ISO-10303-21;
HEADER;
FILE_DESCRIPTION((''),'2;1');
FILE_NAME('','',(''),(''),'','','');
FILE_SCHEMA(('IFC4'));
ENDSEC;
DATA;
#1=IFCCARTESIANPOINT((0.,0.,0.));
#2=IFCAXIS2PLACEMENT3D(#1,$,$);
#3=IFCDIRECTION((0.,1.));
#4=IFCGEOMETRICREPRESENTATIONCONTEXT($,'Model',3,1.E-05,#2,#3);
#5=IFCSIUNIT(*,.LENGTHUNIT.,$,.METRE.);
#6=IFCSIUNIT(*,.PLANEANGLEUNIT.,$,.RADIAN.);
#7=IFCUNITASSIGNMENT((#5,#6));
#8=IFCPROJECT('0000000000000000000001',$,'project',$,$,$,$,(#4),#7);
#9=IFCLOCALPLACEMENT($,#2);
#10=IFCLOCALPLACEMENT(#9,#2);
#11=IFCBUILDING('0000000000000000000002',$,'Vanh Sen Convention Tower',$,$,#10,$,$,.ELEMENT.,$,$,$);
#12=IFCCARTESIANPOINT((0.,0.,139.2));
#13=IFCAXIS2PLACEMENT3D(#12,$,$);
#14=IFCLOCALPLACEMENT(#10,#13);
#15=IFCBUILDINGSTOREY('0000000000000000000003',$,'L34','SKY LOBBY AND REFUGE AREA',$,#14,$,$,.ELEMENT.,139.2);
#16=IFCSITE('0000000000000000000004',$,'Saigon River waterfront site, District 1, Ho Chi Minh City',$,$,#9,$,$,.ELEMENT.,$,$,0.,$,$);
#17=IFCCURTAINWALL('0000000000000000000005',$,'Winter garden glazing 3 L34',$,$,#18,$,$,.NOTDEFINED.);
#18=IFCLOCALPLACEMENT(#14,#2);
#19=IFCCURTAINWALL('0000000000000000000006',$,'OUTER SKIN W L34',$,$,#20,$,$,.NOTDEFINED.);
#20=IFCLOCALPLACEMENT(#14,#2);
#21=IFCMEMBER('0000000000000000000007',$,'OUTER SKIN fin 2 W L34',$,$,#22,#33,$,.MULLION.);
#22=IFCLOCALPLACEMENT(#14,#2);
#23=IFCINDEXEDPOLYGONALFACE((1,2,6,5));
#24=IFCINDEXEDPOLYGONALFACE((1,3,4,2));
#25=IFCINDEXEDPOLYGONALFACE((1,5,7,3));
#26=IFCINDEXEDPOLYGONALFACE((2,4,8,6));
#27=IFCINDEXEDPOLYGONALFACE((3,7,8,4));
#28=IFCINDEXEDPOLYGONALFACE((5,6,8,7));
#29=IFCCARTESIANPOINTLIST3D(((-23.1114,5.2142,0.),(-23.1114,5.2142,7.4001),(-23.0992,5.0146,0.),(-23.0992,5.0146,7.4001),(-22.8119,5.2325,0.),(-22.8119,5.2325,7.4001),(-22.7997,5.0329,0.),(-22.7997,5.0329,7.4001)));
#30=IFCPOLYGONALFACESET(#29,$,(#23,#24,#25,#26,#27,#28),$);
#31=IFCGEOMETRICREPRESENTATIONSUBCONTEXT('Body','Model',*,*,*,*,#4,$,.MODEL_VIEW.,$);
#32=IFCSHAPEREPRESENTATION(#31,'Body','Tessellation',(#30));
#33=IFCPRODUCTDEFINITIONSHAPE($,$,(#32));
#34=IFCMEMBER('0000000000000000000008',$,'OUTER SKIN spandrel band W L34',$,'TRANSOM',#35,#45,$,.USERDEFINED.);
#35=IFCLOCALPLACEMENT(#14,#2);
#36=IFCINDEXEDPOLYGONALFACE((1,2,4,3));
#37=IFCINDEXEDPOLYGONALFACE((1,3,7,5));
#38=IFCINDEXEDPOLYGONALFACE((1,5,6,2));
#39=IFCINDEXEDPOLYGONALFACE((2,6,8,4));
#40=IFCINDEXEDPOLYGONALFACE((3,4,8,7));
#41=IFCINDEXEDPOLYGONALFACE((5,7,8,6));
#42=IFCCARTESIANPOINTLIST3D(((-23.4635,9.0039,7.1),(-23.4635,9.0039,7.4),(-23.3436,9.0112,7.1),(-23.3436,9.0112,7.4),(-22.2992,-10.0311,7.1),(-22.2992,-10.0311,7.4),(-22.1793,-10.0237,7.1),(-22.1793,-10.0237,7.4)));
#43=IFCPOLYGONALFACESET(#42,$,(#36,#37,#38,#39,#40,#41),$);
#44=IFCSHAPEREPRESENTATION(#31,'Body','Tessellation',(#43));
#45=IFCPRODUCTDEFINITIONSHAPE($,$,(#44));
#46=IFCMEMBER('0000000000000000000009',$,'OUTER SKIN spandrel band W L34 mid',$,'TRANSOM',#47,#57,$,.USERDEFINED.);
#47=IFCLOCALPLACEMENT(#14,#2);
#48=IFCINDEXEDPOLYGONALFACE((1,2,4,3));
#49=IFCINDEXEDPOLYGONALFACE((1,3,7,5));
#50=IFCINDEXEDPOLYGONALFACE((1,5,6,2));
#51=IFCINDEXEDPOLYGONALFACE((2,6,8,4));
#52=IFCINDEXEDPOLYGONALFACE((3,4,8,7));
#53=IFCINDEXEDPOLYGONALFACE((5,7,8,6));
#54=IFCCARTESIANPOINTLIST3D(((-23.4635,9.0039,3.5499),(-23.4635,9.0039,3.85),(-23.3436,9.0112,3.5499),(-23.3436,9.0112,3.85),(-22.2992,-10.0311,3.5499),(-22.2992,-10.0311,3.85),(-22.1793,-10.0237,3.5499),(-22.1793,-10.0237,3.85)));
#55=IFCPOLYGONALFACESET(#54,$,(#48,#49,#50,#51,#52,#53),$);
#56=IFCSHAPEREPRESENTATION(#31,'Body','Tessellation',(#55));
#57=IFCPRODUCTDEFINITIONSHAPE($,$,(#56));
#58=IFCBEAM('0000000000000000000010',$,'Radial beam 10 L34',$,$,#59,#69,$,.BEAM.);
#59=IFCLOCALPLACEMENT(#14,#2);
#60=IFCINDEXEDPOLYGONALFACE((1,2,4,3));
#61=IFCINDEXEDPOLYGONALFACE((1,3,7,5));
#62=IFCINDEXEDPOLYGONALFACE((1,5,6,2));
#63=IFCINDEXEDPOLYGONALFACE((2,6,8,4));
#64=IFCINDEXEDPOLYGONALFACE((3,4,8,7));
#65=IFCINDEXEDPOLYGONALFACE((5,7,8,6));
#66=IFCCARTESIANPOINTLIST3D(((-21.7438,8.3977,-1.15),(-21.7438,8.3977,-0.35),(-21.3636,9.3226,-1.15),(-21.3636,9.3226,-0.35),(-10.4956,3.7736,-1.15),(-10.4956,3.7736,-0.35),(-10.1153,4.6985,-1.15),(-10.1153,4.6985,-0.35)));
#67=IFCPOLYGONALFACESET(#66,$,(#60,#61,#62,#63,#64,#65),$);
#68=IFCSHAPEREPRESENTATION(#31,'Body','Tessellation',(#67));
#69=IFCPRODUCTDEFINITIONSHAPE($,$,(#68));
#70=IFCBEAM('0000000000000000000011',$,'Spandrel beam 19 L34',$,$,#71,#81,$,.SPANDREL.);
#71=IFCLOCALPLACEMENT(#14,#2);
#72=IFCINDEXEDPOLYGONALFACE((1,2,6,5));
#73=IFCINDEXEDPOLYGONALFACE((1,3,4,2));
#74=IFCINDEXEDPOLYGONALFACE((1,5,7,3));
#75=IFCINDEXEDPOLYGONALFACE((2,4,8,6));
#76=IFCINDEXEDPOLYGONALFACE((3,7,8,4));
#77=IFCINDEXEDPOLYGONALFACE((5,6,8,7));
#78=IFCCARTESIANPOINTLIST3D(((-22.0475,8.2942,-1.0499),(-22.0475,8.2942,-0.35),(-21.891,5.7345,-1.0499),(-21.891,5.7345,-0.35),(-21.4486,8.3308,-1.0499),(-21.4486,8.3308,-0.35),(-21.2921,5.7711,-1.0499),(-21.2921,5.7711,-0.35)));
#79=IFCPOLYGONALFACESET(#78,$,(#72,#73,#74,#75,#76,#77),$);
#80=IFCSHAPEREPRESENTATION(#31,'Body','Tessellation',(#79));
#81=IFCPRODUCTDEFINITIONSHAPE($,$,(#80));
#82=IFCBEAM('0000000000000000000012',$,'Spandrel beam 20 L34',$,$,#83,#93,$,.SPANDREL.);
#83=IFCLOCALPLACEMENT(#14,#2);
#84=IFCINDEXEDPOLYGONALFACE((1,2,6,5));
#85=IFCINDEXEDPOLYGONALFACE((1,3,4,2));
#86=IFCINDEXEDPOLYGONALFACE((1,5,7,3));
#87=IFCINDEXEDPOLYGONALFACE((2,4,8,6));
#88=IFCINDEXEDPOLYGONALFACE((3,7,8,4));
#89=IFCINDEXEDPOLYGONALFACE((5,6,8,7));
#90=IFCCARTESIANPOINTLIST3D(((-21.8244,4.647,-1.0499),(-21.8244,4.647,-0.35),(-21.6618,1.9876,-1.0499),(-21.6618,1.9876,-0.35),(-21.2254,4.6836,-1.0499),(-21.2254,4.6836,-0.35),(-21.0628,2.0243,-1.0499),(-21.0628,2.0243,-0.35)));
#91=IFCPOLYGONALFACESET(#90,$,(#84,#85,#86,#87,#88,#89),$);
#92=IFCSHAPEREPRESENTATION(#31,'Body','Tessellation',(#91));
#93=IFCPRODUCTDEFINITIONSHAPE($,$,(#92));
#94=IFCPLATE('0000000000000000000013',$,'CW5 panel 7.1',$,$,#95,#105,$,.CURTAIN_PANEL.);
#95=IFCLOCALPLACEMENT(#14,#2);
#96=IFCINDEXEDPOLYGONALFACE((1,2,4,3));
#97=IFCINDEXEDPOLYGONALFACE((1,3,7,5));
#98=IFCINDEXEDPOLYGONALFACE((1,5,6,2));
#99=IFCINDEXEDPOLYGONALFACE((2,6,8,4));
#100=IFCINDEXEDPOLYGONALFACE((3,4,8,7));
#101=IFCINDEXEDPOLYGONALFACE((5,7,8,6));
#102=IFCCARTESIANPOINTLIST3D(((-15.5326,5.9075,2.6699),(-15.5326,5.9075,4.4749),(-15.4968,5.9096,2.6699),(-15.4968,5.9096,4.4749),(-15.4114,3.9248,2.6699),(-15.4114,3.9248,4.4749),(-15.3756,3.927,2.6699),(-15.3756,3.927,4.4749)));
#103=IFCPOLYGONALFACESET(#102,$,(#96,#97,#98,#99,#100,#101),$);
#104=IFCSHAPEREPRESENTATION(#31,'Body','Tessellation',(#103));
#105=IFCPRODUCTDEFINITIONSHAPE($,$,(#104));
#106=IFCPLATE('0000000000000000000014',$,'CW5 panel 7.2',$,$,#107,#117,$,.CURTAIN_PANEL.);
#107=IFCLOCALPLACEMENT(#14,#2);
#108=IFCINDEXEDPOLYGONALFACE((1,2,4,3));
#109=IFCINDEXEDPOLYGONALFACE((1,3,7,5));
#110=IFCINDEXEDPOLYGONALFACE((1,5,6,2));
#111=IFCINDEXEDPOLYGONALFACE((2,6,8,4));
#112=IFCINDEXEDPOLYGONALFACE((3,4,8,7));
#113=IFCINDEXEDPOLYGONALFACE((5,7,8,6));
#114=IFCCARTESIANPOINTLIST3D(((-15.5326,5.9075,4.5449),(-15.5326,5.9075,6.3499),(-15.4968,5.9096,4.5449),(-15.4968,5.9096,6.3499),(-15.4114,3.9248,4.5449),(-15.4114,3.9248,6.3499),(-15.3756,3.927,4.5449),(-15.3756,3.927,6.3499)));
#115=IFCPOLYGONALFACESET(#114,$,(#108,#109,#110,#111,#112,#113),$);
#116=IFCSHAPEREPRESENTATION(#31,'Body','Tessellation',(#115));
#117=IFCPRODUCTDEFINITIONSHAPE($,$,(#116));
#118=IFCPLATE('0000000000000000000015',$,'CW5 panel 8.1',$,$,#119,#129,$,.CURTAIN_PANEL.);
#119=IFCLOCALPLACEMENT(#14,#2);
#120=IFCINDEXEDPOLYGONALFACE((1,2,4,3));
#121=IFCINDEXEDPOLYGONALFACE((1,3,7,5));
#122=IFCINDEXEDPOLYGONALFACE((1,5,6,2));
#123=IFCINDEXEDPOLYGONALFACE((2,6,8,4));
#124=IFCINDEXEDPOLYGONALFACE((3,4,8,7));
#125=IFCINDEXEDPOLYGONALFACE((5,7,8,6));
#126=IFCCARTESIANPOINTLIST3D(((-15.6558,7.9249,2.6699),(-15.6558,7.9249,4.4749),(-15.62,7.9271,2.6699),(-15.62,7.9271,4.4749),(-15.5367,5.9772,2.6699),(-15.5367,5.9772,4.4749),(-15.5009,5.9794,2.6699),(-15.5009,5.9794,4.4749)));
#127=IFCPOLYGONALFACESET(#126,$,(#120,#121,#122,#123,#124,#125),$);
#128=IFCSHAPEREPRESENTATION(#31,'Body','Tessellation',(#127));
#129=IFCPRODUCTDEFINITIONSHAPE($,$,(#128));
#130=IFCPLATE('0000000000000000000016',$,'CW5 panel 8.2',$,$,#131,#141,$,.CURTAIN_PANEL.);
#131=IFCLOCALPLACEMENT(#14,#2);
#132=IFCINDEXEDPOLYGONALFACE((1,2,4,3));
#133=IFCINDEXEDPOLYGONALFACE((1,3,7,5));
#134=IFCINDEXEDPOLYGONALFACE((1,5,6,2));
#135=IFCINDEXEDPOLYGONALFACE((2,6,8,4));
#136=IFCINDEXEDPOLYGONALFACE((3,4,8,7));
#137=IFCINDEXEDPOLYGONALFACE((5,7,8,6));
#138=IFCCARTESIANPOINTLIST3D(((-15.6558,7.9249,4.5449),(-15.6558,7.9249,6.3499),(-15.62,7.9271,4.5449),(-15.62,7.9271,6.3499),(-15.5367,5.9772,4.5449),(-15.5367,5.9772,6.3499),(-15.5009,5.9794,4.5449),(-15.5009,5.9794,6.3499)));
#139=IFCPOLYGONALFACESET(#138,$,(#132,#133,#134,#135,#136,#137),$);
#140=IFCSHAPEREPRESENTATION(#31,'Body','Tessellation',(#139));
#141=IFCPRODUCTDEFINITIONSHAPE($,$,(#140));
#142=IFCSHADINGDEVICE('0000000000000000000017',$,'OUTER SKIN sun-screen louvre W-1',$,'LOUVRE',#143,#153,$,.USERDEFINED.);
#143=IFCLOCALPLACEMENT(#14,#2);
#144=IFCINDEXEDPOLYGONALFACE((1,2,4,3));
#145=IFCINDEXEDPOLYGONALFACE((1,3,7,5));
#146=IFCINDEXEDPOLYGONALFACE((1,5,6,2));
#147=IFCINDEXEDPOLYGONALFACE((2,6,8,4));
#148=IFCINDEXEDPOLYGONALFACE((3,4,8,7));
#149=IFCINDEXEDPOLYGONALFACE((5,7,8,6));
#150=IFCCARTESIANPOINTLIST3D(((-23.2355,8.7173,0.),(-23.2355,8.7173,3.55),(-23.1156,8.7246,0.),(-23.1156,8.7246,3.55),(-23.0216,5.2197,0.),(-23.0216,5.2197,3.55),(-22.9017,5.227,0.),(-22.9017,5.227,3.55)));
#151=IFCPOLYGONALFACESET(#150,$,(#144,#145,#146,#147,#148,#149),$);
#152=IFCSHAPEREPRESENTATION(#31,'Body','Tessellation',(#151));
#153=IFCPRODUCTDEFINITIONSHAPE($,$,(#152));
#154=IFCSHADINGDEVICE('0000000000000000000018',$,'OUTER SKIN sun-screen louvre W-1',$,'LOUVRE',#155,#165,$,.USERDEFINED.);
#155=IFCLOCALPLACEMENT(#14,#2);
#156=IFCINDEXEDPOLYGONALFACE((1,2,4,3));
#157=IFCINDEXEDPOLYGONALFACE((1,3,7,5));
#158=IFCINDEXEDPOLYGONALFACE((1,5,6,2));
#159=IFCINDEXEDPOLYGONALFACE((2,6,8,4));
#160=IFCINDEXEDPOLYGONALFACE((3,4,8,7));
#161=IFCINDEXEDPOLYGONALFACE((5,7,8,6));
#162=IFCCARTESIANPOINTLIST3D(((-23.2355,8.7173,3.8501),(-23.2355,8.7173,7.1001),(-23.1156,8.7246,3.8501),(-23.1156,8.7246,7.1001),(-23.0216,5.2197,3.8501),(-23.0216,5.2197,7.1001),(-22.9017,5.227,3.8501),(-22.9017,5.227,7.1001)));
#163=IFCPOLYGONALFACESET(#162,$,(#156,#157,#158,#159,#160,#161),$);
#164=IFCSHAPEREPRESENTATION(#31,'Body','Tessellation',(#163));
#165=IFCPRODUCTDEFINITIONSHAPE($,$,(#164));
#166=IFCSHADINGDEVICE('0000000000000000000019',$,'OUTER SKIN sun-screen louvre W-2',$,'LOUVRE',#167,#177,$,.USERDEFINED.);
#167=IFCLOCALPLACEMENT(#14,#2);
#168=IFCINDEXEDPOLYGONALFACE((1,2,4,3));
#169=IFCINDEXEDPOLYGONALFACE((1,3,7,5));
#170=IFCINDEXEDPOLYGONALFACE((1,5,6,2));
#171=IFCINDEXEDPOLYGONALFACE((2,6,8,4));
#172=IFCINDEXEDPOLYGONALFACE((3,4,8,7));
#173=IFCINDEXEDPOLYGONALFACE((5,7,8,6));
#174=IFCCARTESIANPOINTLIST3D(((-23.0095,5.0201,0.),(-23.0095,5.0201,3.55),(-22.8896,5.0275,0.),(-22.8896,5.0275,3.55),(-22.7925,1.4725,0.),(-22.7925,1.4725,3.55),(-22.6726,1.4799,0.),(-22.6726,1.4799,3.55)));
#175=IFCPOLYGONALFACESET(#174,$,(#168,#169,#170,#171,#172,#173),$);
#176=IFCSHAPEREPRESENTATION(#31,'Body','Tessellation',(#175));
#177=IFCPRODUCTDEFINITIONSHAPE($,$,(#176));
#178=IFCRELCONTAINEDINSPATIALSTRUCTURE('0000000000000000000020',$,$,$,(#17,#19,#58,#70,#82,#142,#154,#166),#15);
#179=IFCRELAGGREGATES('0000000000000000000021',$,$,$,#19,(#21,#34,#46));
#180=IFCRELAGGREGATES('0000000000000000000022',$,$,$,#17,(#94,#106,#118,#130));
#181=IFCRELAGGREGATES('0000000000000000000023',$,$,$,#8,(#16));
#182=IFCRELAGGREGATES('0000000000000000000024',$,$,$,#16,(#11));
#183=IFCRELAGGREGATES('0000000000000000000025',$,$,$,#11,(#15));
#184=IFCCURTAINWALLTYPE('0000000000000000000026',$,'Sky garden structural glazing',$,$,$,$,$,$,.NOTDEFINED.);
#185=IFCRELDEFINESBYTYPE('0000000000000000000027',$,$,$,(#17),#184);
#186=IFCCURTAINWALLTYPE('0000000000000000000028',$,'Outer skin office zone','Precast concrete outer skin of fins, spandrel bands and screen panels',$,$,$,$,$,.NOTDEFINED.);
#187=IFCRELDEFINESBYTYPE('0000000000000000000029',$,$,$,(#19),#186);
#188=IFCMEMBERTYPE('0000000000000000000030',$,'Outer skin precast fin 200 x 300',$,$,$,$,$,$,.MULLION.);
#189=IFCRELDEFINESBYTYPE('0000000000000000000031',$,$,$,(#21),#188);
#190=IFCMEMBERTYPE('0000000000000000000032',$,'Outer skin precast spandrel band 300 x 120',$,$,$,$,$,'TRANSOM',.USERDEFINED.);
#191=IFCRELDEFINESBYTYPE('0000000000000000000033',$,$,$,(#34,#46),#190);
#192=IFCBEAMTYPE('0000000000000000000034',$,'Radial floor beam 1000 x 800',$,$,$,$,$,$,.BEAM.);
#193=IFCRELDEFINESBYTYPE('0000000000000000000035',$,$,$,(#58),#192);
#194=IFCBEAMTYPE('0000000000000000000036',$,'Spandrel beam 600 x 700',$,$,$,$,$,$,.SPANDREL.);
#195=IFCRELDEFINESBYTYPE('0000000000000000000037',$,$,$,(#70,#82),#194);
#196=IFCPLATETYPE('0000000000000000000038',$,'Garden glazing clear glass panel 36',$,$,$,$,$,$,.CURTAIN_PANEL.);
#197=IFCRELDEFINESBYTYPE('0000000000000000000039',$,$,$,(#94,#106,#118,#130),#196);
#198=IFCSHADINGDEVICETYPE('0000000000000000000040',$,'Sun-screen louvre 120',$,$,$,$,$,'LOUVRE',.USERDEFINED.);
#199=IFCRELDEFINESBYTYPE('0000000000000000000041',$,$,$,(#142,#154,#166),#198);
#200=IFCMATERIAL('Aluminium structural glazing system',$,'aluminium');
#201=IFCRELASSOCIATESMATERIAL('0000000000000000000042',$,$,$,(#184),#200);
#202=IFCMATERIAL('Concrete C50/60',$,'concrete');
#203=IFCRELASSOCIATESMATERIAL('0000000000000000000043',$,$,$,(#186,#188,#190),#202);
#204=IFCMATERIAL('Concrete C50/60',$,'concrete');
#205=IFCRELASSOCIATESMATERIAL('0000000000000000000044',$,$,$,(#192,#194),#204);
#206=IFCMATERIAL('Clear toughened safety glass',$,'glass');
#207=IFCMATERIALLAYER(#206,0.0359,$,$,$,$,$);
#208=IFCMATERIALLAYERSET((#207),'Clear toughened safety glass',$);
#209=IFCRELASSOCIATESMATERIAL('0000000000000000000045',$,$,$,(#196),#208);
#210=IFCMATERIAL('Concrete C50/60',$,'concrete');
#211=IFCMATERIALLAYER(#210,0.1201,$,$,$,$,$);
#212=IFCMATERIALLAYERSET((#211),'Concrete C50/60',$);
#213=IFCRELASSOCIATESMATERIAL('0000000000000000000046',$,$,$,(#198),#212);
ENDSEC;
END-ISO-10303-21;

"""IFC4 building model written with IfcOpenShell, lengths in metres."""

from ifc_helpers import new_model, si_unit, direction, frame, origin, origin_2d, place, context, subcontext, project, spatial, rectangle, extrude, material, layer, layer_set, material_profile, profile_set, type_object, element, aggregate, save


model = new_model("IFC4")

# Units and contexts
model_context = context("Model", 3, precision=1e-05, world=origin(), true_north=direction((0.0, 1.0)))
body_context = subcontext(model_context, "Body", "Model", "MODEL_VIEW")
ifc_project = project(units=[si_unit("LENGTHUNIT", "METRE"), si_unit("PLANEANGLEUNIT", "RADIAN")], contexts=[model_context])

# Site, building, storey
site_placement = place(None, origin())
site = spatial("IfcSite", under=ifc_project, at=site_placement, Name="Saigon River waterfront site, District 1, Ho Chi Minh City", CompositionType="ELEMENT", RefElevation=0.0)
building_placement = place(site_placement, origin())
building = spatial("IfcBuilding", under=site, at=building_placement, Name="Vanh Sen Convention Tower", CompositionType="ELEMENT")
storey_placement = place(building_placement, frame((0.0, 0.0, 139.2)))
storey = spatial("IfcBuildingStorey", under=building, at=storey_placement, Name="L34", Description="SKY LOBBY AND REFUGE AREA", CompositionType="ELEMENT", Elevation=139.2)

# Curtain wall
ifc_material_1 = material(Name="Aluminium structural glazing system", Category="aluminium")
curtain_wall_type_1 = type_object("IfcCurtainWallType", Name="Sky garden structural glazing", PredefinedType="NOTDEFINED", material=ifc_material_1)
curtain_wall_1_placement = place(storey_placement, origin())
curtain_wall_1 = element("IfcCurtainWall", 1, at=curtain_wall_1_placement, inside=storey, type_object=curtain_wall_type_1, Name="Winter garden glazing 3 L34", PredefinedType="NOTDEFINED")

# Curtain wall, members
ifc_material_2 = material(Name="Concrete C50/60", Category="concrete")
curtain_wall_type_2 = type_object("IfcCurtainWallType", Name="Outer skin office zone", Description="Precast concrete outer skin of fins, spandrel bands and screen panels", PredefinedType="NOTDEFINED", material=ifc_material_2)
curtain_wall_2_placement = place(storey_placement, origin())
curtain_wall_2 = element("IfcCurtainWall", 2, at=curtain_wall_2_placement, inside=storey, type_object=curtain_wall_type_2, Name="OUTER SKIN W L34", PredefinedType="NOTDEFINED")
ifc_material_profile_1 = material_profile(ifc_material_2, rectangle(XDim=0.2, YDim=0.3, at=origin_2d()), Name="Outer skin precast fin 200 x 300")
ifc_profile_set_1 = profile_set([ifc_material_profile_1], Name="Concrete C50/60")
member_type_1 = type_object("IfcMemberType", Name="Outer skin precast fin 200 x 300", PredefinedType="MULLION", material=ifc_profile_set_1)
member_1_placement = place(storey_placement, frame((-22.9556, 5.1235, 0.0), z_axis=(0.0, 0.0, 1.0), x_axis=(0.061049, -0.998135, 0.0)))
member_1 = element("IfcMember", 3, at=member_1_placement, type_object=member_type_1, Name="OUTER SKIN fin 2 W L34", PredefinedType="MULLION", context=body_context, shape_type="SweptSolid", body=[
    extrude(rectangle(XDim=0.2, YDim=0.3, at=origin_2d()), origin(), (0.0, 0.0, 1.0), 7.4001),
])
ifc_material_profile_2 = material_profile(ifc_material_2, rectangle(XDim=0.1201, YDim=0.3, at=origin_2d()), Name="Outer skin precast spandrel band 300 x 120")
ifc_profile_set_2 = profile_set([ifc_material_profile_2], Name="Concrete C50/60")
member_type_2 = type_object("IfcMemberType", Name="Outer skin precast spandrel band 300 x 120", ElementType="TRANSOM", PredefinedType="USERDEFINED", material=ifc_profile_set_2)
member_2_placement = place(storey_placement, frame((-23.4036, 9.0076, 7.25), z_axis=(0.061053, -0.998135, 0.0), x_axis=(0.998135, 0.061053, 0.0)))
member_2 = element("IfcMember", 4, at=member_2_placement, type_object=member_type_2, Name="OUTER SKIN spandrel band W L34", ObjectType="TRANSOM", PredefinedType="USERDEFINED", context=body_context, shape_type="SweptSolid", body=[
    extrude(rectangle(XDim=0.1201, YDim=0.3, at=origin_2d()), origin(), (0.0, 0.0, 1.0), 19.0706),
])
member_3_placement = place(storey_placement, frame((-23.4036, 9.0076, 3.7), z_axis=(0.061053, -0.998135, 0.0), x_axis=(0.998135, 0.061053, 0.0)))
member_3 = element("IfcMember", 5, at=member_3_placement, type_object=member_type_2, Name="OUTER SKIN spandrel band W L34 mid", ObjectType="TRANSOM", PredefinedType="USERDEFINED", context=body_context, shape_type="SweptSolid", body=[
    extrude(rectangle(XDim=0.1201, YDim=0.3, at=origin_2d()), origin(), (0.0, 0.0, 1.0), 19.0706),
])
aggregate(curtain_wall_2, [member_1, member_2, member_3])

# Beams
ifc_material_3 = material(Name="Concrete C50/60", Category="concrete")
ifc_material_profile_3 = material_profile(ifc_material_3, rectangle(XDim=1.0, YDim=0.8, at=origin_2d()), Name="RC 1000X800")
ifc_profile_set_3 = profile_set([ifc_material_profile_3], Name="Concrete C50/60")
beam_type_1 = type_object("IfcBeamType", Name="Radial floor beam 1000 x 800", PredefinedType="BEAM", material=ifc_profile_set_3)
beam_1_placement = place(storey_placement, frame((-21.5537, 8.8601, -0.75), z_axis=(0.924899, -0.380214, 0.0), x_axis=(0.380214, 0.924899, 0.0)))
element("IfcBeam", 6, at=beam_1_placement, inside=storey, type_object=beam_type_1, Name="Radial beam 10 L34", PredefinedType="BEAM", context=body_context, shape_type="SweptSolid", body=[
    extrude(rectangle(XDim=1.0, YDim=0.8, at=origin_2d()), origin(), (0.0, 0.0, 1.0), 12.1616),
])
ifc_material_profile_4 = material_profile(ifc_material_3, rectangle(XDim=0.6001, YDim=0.7, at=origin_2d()), Name="RC 600X700")
ifc_profile_set_4 = profile_set([ifc_material_profile_4], Name="Concrete C50/60")
beam_type_2 = type_object("IfcBeamType", Name="Spandrel beam 600 x 700", PredefinedType="SPANDREL", material=ifc_profile_set_4)
beam_2_placement = place(storey_placement, frame((-21.748, 8.3125, -0.7), z_axis=(0.061027, -0.998136, 0.0), x_axis=(0.998136, 0.061027, 0.0)))
element("IfcBeam", 7, at=beam_2_placement, inside=storey, type_object=beam_type_2, Name="Spandrel beam 19 L34", PredefinedType="SPANDREL", context=body_context, shape_type="SweptSolid", body=[
    extrude(rectangle(XDim=0.6001, YDim=0.7, at=origin_2d()), origin(), (0.0, 0.0, 1.0), 2.5645),
])
beam_3_placement = place(storey_placement, frame((-21.5249, 4.6653, -0.7), z_axis=(0.061026, -0.998136, 0.0), x_axis=(0.998136, 0.061026, 0.0)))
element("IfcBeam", 8, at=beam_3_placement, inside=storey, type_object=beam_type_2, Name="Spandrel beam 20 L34", PredefinedType="SPANDREL", context=body_context, shape_type="SweptSolid", body=[
    extrude(rectangle(XDim=0.6001, YDim=0.7, at=origin_2d()), origin(), (0.0, 0.0, 1.0), 2.6643),
])

# Plates
ifc_material_4 = material(Name="Clear toughened safety glass", Category="glass")
ifc_layer_1 = layer(ifc_material_4, 0.0359)
ifc_layer_set_1 = layer_set([ifc_layer_1], Name="Clear toughened safety glass")
plate_type = type_object("IfcPlateType", Name="Garden glazing clear glass panel 36", PredefinedType="CURTAIN_PANEL", material=ifc_layer_set_1)
plate_1_placement = place(storey_placement, frame((-15.4541, 4.9172, 2.6699), z_axis=(0.0, 0.0, 1.0), x_axis=(-0.061047, 0.998135, 0.0)))
plate_1 = element("IfcPlate", 9, at=plate_1_placement, type_object=plate_type, Name="CW5 panel 7.1", PredefinedType="CURTAIN_PANEL", context=body_context, shape_type="SweptSolid", body=[
    extrude(rectangle(XDim=1.9863, YDim=0.0359, at=origin_2d()), origin(), (0.0, 0.0, 1.0), 1.8049),
])
plate_2_placement = place(storey_placement, frame((-15.4541, 4.9172, 4.5449), z_axis=(0.0, 0.0, 1.0), x_axis=(-0.061047, 0.998135, 0.0)))
plate_2 = element("IfcPlate", 10, at=plate_2_placement, type_object=plate_type, Name="CW5 panel 7.2", PredefinedType="CURTAIN_PANEL", context=body_context, shape_type="SweptSolid", body=[
    extrude(rectangle(XDim=1.9863, YDim=0.0359, at=origin_2d()), origin(), (0.0, 0.0, 1.0), 1.8049),
])
plate_3_placement = place(storey_placement, frame((-15.5784, 6.9521, 2.6699), z_axis=(0.0, 0.0, 1.0), x_axis=(-0.061047, 0.998135, 0.0)))
plate_3 = element("IfcPlate", 11, at=plate_3_placement, type_object=plate_type, Name="CW5 panel 8.1", PredefinedType="CURTAIN_PANEL", context=body_context, shape_type="SweptSolid", body=[
    extrude(rectangle(XDim=1.9514, YDim=0.0359, at=origin_2d()), origin(), (0.0, 0.0, 1.0), 1.8049),
])
plate_4_placement = place(storey_placement, frame((-15.5784, 6.9521, 4.5449), z_axis=(0.0, 0.0, 1.0), x_axis=(-0.061047, 0.998135, 0.0)))
plate_4 = element("IfcPlate", 12, at=plate_4_placement, type_object=plate_type, Name="CW5 panel 8.2", PredefinedType="CURTAIN_PANEL", context=body_context, shape_type="SweptSolid", body=[
    extrude(rectangle(XDim=1.9514, YDim=0.0359, at=origin_2d()), origin(), (0.0, 0.0, 1.0), 1.8049),
])
aggregate(curtain_wall_1, [plate_1, plate_2, plate_3, plate_4])

# Shading devices
ifc_material_5 = material(Name="Concrete C50/60", Category="concrete")
ifc_layer_2 = layer(ifc_material_5, 0.1201)
ifc_layer_set_2 = layer_set([ifc_layer_2], Name="Concrete C50/60")
shading_device_type = type_object("IfcShadingDeviceType", Name="Sun-screen louvre 120", ElementType="LOUVRE", PredefinedType="USERDEFINED", material=ifc_layer_set_2)
shading_device_1_placement = place(storey_placement, frame((-23.0686, 6.9722, 0.0), z_axis=(0.0, 0.0, 1.0), x_axis=(0.061054, -0.998134, 0.0)))
element("IfcShadingDevice", 13, at=shading_device_1_placement, inside=storey, type_object=shading_device_type, Name="OUTER SKIN sun-screen louvre W-1", ObjectType="LOUVRE", PredefinedType="USERDEFINED", context=body_context, shape_type="SweptSolid", body=[
    extrude(rectangle(XDim=3.5042, YDim=0.1201, at=origin_2d()), origin(), (0.0, 0.0, 1.0), 3.55),
])
shading_device_2_placement = place(storey_placement, frame((-23.0686, 6.9722, 3.8501), z_axis=(0.0, 0.0, 1.0), x_axis=(0.061054, -0.998134, 0.0)))
element("IfcShadingDevice", 14, at=shading_device_2_placement, inside=storey, type_object=shading_device_type, Name="OUTER SKIN sun-screen louvre W-1", ObjectType="LOUVRE", PredefinedType="USERDEFINED", context=body_context, shape_type="SweptSolid", body=[
    extrude(rectangle(XDim=3.5042, YDim=0.1201, at=origin_2d()), origin(), (0.0, 0.0, 1.0), 3.25),
])
shading_device_3_placement = place(storey_placement, frame((-22.8411, 3.25, 0.0), z_axis=(0.0, 0.0, 1.0), x_axis=(0.061052, -0.998135, 0.0)))
element("IfcShadingDevice", 15, at=shading_device_3_placement, inside=storey, type_object=shading_device_type, Name="OUTER SKIN sun-screen louvre W-2", ObjectType="LOUVRE", PredefinedType="USERDEFINED", context=body_context, shape_type="SweptSolid", body=[
    extrude(rectangle(XDim=3.5542, YDim=0.1201, at=origin_2d()), origin(), (0.0, 0.0, 1.0), 3.55),
])

save(model, "model.ifc")
